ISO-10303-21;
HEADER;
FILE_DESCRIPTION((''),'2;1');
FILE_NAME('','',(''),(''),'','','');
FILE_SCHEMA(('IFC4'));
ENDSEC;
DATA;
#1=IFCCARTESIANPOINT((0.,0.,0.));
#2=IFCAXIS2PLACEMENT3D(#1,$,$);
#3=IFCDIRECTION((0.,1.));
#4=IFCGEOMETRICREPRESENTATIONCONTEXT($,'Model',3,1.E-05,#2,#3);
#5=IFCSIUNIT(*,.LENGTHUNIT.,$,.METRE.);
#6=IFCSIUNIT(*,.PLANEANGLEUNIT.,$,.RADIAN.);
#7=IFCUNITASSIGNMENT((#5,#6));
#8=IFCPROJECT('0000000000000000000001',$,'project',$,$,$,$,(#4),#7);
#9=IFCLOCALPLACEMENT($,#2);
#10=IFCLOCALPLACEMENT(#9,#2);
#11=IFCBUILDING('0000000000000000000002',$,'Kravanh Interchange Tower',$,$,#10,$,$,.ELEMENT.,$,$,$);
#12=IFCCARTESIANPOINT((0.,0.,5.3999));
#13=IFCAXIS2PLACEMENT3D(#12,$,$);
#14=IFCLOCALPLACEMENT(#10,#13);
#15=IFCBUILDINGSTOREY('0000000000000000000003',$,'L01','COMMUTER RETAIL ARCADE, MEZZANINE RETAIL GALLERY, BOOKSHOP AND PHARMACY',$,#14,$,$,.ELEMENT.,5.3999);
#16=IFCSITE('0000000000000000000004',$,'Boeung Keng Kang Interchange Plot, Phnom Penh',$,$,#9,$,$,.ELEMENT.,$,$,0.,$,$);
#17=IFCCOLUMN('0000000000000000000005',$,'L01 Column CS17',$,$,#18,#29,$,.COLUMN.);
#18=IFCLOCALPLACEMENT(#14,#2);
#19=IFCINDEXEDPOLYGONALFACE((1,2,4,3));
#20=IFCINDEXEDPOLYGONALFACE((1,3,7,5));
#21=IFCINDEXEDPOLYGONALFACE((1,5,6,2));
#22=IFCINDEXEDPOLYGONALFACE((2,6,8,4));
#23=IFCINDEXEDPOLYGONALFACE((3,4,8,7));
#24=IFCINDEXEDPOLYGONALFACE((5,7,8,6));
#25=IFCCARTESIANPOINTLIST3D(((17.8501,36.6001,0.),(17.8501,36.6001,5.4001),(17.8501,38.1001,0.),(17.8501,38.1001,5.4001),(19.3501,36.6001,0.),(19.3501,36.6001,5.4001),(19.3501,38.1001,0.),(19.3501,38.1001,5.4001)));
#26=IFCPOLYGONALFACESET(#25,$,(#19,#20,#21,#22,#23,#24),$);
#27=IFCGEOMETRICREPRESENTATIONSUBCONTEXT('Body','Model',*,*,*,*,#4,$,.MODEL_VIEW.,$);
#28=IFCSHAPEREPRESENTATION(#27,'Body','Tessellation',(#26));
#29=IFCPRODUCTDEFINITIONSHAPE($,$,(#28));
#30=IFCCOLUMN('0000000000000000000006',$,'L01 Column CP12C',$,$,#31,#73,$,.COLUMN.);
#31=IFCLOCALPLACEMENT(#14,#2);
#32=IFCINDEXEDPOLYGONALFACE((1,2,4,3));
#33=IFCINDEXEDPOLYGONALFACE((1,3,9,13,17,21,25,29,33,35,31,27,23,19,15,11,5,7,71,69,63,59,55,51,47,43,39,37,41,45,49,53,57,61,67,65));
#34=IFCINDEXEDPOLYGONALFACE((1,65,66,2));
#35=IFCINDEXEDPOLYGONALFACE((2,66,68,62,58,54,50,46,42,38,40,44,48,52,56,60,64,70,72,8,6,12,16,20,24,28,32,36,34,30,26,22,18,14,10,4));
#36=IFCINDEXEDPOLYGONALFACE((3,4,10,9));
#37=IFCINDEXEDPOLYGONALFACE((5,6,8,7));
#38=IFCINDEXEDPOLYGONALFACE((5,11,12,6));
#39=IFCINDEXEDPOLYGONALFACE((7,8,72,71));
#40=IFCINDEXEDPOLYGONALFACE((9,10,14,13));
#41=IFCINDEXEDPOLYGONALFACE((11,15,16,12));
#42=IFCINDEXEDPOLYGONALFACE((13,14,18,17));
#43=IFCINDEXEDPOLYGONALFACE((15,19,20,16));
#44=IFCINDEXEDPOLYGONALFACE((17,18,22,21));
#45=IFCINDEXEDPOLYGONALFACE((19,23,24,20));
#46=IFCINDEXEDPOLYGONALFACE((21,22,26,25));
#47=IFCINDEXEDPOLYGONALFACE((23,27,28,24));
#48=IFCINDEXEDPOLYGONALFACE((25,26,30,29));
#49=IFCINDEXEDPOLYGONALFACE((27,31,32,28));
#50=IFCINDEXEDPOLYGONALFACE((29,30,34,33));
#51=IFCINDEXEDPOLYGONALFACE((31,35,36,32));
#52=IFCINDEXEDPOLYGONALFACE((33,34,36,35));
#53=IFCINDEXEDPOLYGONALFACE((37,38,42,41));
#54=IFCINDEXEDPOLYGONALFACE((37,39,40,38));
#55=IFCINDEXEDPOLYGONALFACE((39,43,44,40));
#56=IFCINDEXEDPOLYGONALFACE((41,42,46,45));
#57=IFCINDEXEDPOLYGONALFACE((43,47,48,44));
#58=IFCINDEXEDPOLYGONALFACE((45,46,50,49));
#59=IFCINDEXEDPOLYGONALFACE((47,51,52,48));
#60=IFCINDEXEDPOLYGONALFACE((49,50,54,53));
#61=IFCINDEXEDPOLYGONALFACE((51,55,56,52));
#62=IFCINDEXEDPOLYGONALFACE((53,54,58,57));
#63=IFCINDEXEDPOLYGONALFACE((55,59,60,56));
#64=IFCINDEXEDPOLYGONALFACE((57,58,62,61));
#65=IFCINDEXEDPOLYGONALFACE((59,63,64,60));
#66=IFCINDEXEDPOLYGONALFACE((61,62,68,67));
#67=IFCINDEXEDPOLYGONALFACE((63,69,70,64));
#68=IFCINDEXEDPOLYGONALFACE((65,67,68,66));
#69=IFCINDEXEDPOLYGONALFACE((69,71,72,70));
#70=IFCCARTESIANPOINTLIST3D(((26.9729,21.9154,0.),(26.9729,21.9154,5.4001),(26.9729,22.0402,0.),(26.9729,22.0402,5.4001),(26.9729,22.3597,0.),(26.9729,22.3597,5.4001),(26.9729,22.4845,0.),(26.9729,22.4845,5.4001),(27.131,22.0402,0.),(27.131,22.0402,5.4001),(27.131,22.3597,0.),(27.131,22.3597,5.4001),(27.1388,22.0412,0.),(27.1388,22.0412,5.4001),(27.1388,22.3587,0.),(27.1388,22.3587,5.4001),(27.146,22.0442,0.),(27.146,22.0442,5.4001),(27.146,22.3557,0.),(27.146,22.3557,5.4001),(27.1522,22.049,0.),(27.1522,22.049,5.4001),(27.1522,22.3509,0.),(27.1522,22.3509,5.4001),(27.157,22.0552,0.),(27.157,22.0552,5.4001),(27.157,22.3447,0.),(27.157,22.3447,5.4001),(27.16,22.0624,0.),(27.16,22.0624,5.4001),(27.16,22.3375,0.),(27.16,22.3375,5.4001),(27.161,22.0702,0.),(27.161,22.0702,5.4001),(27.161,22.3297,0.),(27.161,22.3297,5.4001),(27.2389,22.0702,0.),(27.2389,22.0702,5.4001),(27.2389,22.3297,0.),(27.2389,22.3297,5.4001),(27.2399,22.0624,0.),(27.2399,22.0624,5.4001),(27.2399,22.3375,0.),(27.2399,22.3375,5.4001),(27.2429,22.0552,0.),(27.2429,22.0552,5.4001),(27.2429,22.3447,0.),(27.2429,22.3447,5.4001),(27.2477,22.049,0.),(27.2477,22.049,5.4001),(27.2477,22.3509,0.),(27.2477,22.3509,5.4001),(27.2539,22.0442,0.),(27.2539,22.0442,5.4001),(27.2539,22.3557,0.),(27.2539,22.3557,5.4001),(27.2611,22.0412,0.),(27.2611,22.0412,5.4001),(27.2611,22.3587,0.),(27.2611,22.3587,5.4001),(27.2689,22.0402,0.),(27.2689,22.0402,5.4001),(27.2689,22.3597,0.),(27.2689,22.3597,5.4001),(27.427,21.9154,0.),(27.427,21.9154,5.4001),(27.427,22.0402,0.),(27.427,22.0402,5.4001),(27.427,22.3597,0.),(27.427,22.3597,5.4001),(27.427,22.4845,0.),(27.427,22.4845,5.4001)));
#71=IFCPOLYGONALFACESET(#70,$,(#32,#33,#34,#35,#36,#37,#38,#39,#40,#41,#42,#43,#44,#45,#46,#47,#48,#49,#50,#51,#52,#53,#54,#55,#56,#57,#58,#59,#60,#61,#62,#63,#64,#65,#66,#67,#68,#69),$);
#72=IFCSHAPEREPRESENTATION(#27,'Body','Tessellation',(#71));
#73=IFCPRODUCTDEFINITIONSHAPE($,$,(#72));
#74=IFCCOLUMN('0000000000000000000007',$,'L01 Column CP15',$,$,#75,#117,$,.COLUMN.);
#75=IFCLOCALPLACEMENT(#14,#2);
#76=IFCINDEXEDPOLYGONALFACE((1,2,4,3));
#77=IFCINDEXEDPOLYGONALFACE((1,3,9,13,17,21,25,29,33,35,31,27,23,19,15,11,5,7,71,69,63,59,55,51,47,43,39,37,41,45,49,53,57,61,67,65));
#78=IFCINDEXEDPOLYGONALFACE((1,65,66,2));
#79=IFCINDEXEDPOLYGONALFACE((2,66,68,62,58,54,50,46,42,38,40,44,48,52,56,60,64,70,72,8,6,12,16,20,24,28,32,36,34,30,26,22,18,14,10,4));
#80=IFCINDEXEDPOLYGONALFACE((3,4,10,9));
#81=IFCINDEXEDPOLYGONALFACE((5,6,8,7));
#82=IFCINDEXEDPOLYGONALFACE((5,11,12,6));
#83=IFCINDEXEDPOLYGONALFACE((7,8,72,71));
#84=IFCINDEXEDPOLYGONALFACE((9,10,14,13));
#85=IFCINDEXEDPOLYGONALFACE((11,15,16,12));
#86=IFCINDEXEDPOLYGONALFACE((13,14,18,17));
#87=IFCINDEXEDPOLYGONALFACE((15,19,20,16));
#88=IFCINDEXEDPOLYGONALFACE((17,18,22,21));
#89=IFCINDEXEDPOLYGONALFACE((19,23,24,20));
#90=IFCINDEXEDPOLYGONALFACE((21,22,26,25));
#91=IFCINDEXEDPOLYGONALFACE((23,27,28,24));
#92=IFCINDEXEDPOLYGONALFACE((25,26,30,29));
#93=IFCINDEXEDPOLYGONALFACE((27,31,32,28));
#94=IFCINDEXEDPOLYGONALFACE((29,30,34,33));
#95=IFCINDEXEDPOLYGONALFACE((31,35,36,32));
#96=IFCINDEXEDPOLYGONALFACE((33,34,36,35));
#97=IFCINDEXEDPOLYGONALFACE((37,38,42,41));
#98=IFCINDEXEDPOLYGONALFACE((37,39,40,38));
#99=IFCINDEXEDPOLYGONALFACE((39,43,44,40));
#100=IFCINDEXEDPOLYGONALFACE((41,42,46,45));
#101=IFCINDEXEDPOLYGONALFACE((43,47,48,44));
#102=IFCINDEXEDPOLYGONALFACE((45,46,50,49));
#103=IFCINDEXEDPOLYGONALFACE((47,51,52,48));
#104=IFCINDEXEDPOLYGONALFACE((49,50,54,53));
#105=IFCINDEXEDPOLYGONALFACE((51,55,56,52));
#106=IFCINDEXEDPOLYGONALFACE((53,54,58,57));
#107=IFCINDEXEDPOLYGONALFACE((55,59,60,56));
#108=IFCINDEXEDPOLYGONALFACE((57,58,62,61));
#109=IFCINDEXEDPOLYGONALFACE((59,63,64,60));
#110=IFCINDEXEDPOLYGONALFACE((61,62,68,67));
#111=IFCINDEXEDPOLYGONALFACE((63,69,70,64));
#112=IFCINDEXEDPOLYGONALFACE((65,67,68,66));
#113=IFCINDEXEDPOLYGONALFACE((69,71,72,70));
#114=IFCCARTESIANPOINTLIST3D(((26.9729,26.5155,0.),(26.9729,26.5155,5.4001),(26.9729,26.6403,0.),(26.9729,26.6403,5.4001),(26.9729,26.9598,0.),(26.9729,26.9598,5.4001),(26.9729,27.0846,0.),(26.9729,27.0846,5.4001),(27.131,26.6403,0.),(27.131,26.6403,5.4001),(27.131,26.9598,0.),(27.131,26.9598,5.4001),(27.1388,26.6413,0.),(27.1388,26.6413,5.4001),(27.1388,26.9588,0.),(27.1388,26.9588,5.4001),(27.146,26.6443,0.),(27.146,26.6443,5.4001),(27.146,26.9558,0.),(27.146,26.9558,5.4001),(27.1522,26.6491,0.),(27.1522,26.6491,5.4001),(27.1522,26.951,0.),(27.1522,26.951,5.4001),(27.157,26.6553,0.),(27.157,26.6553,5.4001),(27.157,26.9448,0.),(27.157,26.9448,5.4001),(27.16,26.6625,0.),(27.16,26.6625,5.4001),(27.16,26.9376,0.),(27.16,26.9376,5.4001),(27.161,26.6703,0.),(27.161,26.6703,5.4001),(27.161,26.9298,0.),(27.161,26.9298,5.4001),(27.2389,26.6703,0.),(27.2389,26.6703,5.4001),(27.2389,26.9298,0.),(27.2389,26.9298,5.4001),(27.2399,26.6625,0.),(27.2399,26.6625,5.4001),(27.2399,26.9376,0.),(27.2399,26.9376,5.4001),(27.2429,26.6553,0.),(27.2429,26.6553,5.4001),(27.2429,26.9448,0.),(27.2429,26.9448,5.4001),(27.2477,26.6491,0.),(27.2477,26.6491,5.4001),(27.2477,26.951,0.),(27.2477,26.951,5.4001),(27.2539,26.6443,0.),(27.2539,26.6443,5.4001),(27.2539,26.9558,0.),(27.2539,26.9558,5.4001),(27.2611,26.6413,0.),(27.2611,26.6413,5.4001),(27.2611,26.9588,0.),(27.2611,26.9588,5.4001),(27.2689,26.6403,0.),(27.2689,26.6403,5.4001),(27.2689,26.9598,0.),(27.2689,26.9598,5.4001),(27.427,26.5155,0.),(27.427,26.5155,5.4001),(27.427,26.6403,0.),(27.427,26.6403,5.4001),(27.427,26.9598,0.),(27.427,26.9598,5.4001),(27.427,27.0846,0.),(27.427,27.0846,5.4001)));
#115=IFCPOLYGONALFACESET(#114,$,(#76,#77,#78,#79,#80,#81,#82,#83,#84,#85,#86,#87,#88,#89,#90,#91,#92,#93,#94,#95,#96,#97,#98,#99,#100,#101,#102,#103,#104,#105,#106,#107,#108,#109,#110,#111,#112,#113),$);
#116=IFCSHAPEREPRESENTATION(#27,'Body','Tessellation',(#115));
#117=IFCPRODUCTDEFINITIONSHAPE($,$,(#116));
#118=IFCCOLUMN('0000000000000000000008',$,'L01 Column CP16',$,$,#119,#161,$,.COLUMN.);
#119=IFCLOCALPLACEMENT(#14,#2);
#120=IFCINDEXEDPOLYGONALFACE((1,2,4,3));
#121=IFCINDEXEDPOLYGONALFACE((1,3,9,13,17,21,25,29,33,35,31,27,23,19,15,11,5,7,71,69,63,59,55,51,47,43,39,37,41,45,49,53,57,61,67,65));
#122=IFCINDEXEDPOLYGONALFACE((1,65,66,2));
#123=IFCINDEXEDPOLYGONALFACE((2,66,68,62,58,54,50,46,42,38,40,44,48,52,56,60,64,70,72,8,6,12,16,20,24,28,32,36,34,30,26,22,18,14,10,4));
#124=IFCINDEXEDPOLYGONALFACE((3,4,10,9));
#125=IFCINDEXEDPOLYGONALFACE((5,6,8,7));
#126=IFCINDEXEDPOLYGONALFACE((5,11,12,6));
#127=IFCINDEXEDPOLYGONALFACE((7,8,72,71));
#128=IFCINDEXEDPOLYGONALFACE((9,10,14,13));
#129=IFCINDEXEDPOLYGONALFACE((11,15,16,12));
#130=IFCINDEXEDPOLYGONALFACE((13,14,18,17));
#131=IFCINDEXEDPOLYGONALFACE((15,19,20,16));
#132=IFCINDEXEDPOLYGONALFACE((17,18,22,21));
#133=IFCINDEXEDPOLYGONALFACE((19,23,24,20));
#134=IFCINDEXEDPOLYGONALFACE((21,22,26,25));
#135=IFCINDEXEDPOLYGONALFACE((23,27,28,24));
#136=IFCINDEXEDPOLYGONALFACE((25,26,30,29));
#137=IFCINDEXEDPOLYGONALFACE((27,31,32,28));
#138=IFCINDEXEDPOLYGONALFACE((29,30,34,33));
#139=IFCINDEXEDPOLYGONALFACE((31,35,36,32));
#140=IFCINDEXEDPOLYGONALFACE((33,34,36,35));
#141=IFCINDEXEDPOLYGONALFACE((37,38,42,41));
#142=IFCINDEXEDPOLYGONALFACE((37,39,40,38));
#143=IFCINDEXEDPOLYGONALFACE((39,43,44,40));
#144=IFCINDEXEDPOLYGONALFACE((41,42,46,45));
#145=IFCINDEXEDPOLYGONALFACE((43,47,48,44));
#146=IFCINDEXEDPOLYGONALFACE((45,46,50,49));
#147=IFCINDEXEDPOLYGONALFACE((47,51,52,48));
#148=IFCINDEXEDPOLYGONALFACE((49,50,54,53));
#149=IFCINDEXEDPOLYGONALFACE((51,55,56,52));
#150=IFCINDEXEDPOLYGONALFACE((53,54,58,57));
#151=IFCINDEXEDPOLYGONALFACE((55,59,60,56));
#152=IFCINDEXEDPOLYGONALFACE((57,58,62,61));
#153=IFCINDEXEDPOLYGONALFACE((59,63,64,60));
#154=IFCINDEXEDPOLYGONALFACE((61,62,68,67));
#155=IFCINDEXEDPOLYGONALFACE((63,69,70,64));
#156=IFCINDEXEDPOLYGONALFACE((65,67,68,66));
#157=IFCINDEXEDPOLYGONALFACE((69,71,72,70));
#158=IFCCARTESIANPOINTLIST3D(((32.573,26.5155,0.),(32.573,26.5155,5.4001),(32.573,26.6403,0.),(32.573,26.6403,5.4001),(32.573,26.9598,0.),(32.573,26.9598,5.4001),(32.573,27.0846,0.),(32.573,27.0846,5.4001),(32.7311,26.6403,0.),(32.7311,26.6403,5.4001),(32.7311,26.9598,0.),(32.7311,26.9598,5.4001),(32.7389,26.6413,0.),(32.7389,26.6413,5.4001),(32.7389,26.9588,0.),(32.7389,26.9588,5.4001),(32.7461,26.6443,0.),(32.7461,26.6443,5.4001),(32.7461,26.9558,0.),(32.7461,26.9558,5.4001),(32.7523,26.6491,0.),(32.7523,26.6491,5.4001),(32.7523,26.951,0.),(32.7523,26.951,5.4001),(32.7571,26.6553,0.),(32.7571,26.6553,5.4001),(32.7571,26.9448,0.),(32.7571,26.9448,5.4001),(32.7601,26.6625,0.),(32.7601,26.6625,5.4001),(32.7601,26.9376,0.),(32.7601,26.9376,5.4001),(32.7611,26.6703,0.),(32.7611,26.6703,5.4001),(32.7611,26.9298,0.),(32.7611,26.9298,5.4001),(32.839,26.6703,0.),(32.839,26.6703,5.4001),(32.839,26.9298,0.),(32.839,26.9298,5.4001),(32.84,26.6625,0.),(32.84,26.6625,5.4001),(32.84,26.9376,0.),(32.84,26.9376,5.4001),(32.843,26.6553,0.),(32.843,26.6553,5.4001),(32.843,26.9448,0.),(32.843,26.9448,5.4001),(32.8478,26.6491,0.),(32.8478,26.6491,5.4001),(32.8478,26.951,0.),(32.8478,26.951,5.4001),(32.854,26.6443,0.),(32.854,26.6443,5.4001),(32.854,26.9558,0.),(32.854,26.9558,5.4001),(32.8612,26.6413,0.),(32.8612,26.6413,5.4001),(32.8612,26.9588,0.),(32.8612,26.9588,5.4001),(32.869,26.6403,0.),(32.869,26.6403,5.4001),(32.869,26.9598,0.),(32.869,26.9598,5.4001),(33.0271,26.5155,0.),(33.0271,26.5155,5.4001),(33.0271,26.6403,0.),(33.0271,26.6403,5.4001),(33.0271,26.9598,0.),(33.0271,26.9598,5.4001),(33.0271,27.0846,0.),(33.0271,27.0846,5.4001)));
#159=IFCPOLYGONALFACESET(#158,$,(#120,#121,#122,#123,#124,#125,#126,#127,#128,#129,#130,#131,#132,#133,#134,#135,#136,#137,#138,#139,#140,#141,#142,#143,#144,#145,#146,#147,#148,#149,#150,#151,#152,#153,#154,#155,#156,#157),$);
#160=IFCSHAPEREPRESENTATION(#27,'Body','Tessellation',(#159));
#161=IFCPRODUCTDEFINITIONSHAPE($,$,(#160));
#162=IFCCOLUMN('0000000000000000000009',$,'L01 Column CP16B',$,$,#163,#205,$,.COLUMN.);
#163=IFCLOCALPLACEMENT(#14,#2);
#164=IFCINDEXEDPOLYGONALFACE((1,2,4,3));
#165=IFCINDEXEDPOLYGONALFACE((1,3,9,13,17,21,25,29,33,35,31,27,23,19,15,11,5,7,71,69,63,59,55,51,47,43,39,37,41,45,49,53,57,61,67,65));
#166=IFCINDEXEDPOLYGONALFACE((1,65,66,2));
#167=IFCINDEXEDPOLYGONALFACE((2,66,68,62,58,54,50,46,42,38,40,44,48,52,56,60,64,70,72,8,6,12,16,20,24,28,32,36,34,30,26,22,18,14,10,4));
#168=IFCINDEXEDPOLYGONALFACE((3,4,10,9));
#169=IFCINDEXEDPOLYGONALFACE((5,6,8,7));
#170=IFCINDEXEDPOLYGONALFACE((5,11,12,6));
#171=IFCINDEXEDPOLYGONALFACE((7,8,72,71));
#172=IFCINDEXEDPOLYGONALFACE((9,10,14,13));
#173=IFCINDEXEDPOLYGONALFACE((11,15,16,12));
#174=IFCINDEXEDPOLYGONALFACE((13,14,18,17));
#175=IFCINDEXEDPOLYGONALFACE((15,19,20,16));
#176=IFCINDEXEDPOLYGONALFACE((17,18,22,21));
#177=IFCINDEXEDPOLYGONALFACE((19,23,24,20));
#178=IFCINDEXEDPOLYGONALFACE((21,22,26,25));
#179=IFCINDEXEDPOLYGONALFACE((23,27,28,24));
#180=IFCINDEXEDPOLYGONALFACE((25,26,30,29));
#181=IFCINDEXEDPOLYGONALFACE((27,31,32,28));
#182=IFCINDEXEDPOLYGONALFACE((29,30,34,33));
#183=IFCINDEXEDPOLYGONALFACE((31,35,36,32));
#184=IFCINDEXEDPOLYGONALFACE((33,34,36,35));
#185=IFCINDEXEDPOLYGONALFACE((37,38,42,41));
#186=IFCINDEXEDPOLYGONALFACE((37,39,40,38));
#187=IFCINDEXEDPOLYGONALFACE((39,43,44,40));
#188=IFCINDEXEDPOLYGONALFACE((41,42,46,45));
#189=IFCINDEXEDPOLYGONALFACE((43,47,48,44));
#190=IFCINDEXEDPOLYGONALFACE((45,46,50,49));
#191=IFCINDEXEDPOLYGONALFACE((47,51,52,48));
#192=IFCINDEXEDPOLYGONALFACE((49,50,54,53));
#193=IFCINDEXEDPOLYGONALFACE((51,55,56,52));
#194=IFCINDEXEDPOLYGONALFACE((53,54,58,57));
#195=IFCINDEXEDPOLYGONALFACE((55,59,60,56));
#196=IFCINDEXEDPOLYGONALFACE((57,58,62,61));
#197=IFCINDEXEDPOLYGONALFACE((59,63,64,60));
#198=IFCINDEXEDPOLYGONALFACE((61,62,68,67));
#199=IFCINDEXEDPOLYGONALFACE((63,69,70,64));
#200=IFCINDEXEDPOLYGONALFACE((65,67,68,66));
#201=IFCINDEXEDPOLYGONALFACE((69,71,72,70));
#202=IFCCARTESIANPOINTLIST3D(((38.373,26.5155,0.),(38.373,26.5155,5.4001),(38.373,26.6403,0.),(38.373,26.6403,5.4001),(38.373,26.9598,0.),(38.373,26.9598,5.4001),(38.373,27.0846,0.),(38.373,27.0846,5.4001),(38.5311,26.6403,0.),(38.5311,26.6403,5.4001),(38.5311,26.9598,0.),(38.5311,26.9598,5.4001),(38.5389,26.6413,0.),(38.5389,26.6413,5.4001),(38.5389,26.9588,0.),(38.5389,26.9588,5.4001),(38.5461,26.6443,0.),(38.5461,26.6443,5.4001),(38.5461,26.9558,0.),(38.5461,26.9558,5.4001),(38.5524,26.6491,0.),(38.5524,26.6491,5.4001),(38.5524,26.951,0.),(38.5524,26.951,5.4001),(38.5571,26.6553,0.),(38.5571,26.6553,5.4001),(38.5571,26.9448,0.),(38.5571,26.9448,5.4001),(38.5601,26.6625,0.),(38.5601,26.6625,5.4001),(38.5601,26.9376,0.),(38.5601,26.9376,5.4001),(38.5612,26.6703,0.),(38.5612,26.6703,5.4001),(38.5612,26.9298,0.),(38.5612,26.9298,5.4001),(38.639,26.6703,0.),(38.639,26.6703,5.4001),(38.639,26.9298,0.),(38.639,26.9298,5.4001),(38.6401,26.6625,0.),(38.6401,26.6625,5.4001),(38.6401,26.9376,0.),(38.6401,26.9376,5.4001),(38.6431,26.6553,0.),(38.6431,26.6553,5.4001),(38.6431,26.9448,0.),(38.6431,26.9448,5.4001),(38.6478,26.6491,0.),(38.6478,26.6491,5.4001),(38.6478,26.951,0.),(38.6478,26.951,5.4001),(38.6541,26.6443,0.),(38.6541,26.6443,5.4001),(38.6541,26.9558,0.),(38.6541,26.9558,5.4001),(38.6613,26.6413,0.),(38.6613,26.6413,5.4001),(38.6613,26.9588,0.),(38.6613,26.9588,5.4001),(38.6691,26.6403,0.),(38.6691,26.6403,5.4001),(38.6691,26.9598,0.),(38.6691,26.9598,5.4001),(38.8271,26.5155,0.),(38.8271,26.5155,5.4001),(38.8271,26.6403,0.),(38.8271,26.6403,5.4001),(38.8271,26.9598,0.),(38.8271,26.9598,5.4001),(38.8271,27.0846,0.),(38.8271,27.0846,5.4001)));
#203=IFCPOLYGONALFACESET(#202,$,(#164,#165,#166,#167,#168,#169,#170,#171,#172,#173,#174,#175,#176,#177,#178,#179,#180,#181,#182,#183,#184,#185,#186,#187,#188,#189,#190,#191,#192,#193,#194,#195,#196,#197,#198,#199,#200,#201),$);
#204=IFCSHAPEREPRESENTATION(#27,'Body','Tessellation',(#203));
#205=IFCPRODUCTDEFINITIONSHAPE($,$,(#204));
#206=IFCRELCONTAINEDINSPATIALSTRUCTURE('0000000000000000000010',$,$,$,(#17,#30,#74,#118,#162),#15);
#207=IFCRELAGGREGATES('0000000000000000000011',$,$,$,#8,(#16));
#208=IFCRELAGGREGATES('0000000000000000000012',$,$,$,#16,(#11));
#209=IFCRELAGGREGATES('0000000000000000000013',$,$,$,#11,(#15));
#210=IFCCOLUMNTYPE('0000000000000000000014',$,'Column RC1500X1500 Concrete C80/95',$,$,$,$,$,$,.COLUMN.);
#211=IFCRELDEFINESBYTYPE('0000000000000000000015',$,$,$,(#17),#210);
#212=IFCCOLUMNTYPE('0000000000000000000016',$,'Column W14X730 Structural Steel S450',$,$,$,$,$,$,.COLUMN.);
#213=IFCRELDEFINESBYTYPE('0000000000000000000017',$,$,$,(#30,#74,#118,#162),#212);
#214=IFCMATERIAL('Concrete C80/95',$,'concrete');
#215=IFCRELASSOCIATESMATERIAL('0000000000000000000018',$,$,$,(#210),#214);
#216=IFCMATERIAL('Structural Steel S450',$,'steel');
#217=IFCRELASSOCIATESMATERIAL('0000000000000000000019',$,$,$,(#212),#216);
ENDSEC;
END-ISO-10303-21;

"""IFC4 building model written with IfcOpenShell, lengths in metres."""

from ifc_helpers import new_model, si_unit, direction, frame, origin, origin_2d, place, context, subcontext, project, spatial, rectangle, i_section, extrude, material, material_profile, profile_set, type_object, element, save


model = new_model("IFC4")

# Units and contexts
model_context = context("Model", 3, precision=1e-05, world=origin(), true_north=direction((0.0, 1.0)))
body_context = subcontext(model_context, "Body", "Model", "MODEL_VIEW")
ifc_project = project(units=[si_unit("LENGTHUNIT", "METRE"), si_unit("PLANEANGLEUNIT", "RADIAN")], contexts=[model_context])

# Site, building, storey
site_placement = place(None, origin())
site = spatial("IfcSite", under=ifc_project, at=site_placement, Name="Boeung Keng Kang Interchange Plot, Phnom Penh", CompositionType="ELEMENT", RefElevation=0.0)
building_placement = place(site_placement, origin())
building = spatial("IfcBuilding", under=site, at=building_placement, Name="Kravanh Interchange Tower", CompositionType="ELEMENT")
storey_placement = place(building_placement, frame((0.0, 0.0, 5.3999)))
storey = spatial("IfcBuildingStorey", under=building, at=storey_placement, Name="L01", Description="COMMUTER RETAIL ARCADE, MEZZANINE RETAIL GALLERY, BOOKSHOP AND PHARMACY", CompositionType="ELEMENT", Elevation=5.3999)

# Columns
ifc_material_1 = material(Name="Concrete C80/95", Category="concrete")
ifc_material_profile_1 = material_profile(ifc_material_1, rectangle(XDim=1.5, YDim=1.5, at=origin_2d()), Name="RC1500X1500")
ifc_profile_set_1 = profile_set([ifc_material_profile_1], Name="Concrete C80/95")
column_type_1 = type_object("IfcColumnType", Name="Column RC1500X1500 Concrete C80/95", PredefinedType="COLUMN", material=ifc_profile_set_1)
column_placement = place(storey_placement, frame((18.6001, 37.3501, 0.0), z_axis=(0.0, 0.0, 1.0), x_axis=(1.0, 0.0, 0.0)))
element("IfcColumn", 1, at=column_placement, inside=storey, type_object=column_type_1, Name="L01 Column CS17", PredefinedType="COLUMN", context=body_context, shape_type="SweptSolid", body=[
    extrude(rectangle(XDim=1.5, YDim=1.5, at=origin_2d()), origin(), (0.0, 0.0, 1.0), 5.4001),
])
ifc_material_2 = material(Name="Structural Steel S450", Category="steel")
ifc_material_profile_2 = material_profile(ifc_material_2, i_section(OverallWidth=0.4541, OverallDepth=0.5691, WebThickness=0.0779, FlangeThickness=0.1248, FilletRadius=0.03, at=origin_2d()), Name="W14X730")
ifc_profile_set_2 = profile_set([ifc_material_profile_2], Name="Structural Steel S450")
column_type_2 = type_object("IfcColumnType", Name="Column W14X730 Structural Steel S450", PredefinedType="COLUMN", material=ifc_profile_set_2)
for number, where, z_axis, x_axis, name in (
    (2, (27.2, 22.2, 0.0), (0.0, 0.0, 1.0), (1.0, 0.0, 0.0), "L01 Column CP12C"),
    (3, (27.2, 26.8, 0.0), (0.0, 0.0, 1.0), (1.0, 0.0, 0.0), "L01 Column CP15"),
    (4, (32.8, 26.8, 0.0), (0.0, 0.0, 1.0), (1.0, 0.0, 0.0), "L01 Column CP16"),
    (5, (38.6001, 26.8, 0.0), (0.0, 0.0, 1.0), (1.0, 0.0, 0.0), "L01 Column CP16B"),
):
    element("IfcColumn", number, at=place(storey_placement, frame(where, z_axis=z_axis, x_axis=x_axis)), inside=storey, type_object=column_type_2, Name=name, PredefinedType="COLUMN", context=body_context, shape_type="SweptSolid", body=[
        extrude(i_section(OverallWidth=0.4541, OverallDepth=0.5691, WebThickness=0.0779, FlangeThickness=0.1248, FilletRadius=0.03, at=origin_2d()), origin(), (0.0, 0.0, 1.0), 5.4001),
    ])

save(model, "model.ifc")
